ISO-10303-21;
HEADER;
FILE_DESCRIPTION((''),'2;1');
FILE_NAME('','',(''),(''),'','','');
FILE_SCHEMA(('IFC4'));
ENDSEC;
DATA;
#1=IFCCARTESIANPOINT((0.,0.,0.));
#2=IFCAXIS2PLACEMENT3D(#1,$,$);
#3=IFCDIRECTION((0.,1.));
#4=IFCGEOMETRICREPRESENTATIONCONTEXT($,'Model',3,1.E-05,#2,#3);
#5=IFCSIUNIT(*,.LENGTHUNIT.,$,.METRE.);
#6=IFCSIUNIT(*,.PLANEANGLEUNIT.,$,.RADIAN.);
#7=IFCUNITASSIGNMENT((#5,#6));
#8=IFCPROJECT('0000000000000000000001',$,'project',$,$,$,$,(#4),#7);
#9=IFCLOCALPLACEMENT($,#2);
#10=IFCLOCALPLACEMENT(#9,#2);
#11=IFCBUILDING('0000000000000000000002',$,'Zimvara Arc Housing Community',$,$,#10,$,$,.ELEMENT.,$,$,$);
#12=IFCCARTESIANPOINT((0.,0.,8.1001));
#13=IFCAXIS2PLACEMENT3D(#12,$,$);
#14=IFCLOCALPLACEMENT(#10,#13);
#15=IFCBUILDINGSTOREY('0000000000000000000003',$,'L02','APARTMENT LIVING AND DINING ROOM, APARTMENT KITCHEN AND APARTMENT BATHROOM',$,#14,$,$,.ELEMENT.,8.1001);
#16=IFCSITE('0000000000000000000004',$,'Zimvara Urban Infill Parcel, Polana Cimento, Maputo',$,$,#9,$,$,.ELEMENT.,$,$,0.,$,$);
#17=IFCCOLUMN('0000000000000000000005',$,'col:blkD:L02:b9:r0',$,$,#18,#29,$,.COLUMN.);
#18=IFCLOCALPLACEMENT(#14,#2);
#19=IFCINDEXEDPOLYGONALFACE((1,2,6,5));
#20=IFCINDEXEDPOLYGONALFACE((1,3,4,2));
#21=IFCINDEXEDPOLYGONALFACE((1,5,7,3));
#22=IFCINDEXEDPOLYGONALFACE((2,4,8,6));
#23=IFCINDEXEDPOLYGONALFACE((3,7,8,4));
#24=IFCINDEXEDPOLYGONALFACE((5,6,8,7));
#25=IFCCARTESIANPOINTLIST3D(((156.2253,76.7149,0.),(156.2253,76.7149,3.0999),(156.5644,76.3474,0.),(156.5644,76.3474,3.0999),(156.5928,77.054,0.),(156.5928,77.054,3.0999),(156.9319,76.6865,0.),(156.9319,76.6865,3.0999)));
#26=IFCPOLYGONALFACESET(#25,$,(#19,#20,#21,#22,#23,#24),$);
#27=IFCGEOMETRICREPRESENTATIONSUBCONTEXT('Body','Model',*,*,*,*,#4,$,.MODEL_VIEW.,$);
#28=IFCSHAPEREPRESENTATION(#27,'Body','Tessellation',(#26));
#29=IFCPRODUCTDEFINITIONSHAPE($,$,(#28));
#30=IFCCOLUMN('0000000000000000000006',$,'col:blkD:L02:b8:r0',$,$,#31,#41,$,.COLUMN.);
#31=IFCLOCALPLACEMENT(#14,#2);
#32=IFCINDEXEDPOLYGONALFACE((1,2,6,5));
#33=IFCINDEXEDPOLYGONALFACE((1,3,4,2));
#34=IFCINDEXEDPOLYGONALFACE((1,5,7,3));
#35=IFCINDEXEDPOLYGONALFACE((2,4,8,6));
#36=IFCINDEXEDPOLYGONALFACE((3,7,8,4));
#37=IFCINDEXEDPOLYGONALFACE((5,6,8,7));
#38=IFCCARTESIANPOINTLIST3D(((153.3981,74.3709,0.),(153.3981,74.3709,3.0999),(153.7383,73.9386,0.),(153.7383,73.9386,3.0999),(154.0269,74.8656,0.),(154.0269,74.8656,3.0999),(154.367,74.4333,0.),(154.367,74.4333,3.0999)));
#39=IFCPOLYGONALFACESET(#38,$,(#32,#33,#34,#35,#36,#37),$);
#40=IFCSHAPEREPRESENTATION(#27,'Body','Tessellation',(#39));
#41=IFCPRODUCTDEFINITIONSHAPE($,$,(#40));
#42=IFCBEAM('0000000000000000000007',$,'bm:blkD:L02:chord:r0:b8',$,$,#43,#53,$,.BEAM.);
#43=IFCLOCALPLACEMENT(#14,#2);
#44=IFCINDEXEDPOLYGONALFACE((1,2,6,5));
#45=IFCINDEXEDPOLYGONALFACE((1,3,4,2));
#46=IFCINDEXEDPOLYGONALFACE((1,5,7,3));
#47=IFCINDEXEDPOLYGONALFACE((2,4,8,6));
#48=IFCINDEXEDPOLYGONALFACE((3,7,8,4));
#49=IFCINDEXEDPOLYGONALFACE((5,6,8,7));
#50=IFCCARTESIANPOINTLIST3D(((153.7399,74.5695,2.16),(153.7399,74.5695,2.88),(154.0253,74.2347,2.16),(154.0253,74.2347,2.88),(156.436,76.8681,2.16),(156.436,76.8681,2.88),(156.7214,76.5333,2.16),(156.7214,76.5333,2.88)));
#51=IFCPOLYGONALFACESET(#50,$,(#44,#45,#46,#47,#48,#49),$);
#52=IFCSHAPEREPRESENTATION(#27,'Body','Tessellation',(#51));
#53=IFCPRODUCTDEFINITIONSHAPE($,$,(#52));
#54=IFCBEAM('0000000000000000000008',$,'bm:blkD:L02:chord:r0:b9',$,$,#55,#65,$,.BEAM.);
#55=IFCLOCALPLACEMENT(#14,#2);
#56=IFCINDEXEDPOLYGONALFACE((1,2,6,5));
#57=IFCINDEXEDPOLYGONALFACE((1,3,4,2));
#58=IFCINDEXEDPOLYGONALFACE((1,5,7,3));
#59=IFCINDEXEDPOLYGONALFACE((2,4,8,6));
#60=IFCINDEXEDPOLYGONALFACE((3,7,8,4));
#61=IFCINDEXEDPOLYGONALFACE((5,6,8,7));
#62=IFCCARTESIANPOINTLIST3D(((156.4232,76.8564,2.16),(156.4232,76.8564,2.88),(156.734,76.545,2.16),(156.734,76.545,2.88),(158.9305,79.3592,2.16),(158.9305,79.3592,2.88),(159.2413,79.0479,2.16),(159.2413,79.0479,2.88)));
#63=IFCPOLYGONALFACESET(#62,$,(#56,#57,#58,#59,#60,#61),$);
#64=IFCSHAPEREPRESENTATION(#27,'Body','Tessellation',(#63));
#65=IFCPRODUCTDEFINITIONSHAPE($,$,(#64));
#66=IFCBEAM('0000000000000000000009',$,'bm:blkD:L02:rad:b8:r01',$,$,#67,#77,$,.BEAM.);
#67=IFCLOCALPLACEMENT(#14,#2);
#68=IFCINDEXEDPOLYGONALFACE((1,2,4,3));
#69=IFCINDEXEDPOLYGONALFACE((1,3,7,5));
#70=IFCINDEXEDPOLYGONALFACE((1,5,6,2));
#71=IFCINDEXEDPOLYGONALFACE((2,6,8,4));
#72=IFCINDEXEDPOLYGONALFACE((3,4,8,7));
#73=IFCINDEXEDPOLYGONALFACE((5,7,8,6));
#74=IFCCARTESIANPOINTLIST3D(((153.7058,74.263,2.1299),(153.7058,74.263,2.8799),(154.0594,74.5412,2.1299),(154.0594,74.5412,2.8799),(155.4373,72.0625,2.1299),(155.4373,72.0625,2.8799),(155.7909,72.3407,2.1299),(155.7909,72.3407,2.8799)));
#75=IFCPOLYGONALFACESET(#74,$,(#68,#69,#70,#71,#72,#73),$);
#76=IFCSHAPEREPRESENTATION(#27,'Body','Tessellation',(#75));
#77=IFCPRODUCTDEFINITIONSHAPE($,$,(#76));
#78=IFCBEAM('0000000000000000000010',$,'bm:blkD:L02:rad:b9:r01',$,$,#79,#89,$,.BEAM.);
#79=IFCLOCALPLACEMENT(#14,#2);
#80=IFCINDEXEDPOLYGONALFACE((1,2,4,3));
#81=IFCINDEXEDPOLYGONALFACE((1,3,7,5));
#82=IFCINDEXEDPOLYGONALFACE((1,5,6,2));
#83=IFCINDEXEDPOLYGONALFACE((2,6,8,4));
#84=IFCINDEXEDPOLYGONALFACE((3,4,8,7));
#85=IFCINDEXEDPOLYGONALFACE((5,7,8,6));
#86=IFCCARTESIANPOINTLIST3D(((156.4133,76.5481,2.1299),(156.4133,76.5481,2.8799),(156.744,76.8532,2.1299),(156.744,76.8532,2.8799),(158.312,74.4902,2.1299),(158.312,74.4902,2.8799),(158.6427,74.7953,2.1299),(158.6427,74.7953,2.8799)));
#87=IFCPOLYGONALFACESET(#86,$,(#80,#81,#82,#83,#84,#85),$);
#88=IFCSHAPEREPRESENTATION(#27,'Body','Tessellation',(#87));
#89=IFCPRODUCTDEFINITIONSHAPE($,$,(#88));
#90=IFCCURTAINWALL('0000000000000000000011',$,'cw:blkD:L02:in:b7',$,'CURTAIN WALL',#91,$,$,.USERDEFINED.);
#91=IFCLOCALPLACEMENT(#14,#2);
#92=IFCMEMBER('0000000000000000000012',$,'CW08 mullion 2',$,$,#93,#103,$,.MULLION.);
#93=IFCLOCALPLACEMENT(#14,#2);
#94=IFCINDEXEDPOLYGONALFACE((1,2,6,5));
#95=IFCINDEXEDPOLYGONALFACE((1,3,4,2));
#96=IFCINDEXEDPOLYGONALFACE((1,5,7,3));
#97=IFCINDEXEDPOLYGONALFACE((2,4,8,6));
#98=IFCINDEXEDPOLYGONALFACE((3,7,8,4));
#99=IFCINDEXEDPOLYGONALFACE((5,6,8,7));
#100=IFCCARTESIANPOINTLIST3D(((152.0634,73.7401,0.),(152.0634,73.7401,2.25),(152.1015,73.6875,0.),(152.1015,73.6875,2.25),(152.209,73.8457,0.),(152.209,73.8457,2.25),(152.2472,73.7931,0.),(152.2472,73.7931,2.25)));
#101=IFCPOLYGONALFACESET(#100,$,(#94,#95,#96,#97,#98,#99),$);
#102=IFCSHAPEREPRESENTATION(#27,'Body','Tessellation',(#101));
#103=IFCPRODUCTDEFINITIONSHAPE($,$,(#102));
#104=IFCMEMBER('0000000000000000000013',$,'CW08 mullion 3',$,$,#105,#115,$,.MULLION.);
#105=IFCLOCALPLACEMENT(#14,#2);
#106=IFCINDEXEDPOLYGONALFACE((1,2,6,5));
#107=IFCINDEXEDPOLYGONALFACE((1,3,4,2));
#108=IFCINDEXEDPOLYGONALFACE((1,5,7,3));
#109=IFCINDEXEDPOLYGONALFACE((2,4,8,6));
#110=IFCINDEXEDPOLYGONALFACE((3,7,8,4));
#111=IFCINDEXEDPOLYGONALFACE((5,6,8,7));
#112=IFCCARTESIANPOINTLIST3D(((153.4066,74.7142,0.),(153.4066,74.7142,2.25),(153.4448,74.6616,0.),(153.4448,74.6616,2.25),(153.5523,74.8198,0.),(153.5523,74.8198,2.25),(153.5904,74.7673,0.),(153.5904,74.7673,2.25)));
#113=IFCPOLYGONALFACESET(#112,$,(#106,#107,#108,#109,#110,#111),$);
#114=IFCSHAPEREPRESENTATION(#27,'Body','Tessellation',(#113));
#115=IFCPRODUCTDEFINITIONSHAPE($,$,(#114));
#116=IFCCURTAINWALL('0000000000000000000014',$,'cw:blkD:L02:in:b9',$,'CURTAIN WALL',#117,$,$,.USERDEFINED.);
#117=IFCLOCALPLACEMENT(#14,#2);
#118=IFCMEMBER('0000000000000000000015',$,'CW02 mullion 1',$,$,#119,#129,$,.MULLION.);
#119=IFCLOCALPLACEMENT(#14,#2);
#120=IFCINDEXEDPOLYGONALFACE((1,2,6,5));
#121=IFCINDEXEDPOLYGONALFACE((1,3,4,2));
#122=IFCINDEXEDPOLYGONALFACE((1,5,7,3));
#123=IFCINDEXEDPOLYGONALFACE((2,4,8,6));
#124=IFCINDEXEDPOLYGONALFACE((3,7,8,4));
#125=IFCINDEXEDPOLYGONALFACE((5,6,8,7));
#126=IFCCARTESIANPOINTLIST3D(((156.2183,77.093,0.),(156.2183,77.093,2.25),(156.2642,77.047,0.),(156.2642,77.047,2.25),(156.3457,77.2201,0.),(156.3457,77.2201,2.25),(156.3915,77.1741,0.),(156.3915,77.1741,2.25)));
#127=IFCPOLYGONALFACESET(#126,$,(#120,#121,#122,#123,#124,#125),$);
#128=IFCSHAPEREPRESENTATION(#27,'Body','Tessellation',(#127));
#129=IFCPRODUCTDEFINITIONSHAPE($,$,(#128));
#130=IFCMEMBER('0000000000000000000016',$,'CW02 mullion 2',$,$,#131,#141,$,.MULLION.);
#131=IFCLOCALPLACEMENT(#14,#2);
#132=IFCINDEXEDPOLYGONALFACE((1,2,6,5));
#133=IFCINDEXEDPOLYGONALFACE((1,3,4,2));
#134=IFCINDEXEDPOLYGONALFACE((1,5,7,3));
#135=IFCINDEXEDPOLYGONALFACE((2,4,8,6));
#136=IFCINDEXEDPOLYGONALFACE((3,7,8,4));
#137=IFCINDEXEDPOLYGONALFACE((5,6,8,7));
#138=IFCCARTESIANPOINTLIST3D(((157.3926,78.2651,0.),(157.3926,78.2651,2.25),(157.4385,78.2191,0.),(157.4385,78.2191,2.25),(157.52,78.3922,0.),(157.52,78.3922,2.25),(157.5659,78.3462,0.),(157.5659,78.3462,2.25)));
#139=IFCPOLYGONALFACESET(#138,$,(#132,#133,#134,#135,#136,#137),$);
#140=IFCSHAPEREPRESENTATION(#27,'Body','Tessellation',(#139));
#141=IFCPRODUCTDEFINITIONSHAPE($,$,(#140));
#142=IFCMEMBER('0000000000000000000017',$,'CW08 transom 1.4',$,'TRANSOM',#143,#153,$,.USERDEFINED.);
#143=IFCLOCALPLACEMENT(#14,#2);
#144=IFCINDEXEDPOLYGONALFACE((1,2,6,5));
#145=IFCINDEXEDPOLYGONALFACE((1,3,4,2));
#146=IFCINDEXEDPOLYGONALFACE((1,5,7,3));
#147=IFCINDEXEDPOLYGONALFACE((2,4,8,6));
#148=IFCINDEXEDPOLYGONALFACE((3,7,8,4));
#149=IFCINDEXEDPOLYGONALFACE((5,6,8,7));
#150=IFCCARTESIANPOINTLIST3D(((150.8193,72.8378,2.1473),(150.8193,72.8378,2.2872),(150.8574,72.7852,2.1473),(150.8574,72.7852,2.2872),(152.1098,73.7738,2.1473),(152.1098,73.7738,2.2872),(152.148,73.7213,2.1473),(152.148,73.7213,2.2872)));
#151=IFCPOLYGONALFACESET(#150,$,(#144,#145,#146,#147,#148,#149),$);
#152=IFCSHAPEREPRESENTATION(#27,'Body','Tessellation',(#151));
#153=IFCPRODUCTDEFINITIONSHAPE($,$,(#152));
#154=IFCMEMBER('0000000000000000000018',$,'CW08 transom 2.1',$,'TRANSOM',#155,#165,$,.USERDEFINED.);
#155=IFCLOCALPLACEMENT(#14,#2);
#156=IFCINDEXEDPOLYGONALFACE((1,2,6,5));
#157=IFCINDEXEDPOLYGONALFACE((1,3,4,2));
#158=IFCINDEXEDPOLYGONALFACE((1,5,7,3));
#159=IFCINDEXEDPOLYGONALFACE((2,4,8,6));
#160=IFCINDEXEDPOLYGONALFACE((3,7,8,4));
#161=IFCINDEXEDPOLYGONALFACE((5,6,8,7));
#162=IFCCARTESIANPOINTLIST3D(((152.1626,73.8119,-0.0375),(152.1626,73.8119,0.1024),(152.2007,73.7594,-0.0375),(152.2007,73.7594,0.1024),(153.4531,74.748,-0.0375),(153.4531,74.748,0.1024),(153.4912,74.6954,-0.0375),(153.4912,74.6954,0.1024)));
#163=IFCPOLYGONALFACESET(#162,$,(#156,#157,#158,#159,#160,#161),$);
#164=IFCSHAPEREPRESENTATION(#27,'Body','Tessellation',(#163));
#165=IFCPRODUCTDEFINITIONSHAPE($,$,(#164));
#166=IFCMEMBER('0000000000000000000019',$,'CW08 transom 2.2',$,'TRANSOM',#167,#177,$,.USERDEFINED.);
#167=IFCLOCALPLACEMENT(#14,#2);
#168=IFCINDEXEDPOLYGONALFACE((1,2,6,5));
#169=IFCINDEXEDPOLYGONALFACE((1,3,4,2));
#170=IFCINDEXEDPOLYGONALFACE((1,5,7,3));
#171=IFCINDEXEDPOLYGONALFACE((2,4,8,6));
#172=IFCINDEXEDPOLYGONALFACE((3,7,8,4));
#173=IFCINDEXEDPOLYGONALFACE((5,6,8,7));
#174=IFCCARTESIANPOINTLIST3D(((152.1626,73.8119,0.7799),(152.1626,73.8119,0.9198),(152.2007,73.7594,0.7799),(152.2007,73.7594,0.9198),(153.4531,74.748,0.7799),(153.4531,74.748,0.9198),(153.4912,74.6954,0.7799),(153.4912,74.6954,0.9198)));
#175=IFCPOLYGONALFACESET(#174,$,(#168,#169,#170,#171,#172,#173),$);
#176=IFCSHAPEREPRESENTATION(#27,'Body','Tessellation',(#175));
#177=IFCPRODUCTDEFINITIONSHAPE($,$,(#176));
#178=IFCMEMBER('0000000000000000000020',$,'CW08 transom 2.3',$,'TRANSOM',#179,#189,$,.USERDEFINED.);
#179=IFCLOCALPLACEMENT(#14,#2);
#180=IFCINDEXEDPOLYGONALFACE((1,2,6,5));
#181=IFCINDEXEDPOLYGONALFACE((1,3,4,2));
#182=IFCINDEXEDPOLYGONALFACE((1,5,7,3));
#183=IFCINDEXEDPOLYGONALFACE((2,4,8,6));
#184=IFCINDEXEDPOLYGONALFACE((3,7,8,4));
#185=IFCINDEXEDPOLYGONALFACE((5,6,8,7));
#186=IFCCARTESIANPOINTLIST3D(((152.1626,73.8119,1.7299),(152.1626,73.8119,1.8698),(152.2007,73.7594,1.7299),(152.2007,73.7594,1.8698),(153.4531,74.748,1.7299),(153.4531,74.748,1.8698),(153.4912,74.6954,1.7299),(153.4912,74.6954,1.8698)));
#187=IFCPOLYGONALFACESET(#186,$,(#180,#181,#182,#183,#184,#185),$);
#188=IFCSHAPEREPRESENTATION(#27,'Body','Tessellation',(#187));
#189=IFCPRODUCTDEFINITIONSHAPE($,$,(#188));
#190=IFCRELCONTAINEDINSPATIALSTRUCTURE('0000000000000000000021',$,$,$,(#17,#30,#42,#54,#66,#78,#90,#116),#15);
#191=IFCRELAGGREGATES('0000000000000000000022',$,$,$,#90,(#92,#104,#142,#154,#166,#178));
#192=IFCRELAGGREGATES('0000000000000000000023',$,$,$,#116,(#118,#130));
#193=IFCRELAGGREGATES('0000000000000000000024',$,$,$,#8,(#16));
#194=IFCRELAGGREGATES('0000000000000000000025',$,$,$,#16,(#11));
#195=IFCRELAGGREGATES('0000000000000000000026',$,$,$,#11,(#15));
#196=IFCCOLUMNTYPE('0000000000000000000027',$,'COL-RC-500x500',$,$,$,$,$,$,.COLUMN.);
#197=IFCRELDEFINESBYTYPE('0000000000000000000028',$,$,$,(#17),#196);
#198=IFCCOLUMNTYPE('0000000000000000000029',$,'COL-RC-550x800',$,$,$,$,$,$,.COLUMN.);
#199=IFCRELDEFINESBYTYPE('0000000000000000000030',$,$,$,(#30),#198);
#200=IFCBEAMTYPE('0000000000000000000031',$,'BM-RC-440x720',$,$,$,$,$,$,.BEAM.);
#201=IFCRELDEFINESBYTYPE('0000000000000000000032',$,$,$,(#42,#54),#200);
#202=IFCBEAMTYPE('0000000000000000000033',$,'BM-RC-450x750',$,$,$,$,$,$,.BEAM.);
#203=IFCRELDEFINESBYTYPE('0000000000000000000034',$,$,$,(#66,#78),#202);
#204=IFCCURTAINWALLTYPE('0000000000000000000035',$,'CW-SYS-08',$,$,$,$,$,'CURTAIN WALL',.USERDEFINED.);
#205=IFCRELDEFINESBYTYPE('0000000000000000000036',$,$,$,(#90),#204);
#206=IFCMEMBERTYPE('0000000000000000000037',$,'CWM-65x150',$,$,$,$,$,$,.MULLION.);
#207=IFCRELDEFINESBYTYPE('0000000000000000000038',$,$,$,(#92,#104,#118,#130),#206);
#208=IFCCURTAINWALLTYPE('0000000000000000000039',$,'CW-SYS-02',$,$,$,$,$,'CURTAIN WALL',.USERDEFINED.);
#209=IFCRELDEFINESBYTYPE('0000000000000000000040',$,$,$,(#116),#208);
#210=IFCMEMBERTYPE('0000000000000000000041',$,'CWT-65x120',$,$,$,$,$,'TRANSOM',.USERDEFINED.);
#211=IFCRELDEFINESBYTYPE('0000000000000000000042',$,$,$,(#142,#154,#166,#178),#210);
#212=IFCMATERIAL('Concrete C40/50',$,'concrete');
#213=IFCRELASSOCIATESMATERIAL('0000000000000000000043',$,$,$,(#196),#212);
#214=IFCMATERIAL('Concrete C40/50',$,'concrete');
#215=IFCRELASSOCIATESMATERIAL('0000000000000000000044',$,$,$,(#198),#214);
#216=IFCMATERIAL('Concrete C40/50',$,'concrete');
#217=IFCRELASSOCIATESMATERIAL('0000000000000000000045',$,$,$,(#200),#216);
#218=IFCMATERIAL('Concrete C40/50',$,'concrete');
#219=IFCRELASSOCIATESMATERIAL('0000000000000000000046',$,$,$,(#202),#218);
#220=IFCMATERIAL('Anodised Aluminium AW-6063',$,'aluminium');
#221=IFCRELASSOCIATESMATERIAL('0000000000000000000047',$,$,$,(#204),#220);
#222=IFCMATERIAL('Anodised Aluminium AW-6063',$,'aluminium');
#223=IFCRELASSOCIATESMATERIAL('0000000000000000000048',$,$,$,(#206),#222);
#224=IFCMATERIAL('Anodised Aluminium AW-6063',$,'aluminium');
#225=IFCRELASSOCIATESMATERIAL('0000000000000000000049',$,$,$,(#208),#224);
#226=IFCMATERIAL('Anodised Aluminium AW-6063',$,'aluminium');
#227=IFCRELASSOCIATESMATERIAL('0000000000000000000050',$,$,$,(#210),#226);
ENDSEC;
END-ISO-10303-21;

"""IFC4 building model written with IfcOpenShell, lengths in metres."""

from ifc_helpers import new_model, si_unit, direction, frame, origin, origin_2d, place, context, subcontext, project, spatial, rectangle, extrude, material, material_profile, profile_set, type_object, element, aggregate, save


model = new_model("IFC4")

# Units and contexts
model_context = context("Model", 3, precision=1e-05, world=origin(), true_north=direction((0.0, 1.0)))
body_context = subcontext(model_context, "Body", "Model", "MODEL_VIEW")
ifc_project = project(units=[si_unit("LENGTHUNIT", "METRE"), si_unit("PLANEANGLEUNIT", "RADIAN")], contexts=[model_context])

# Site, building, storey
site_placement = place(None, origin())
site = spatial("IfcSite", under=ifc_project, at=site_placement, Name="Zimvara Urban Infill Parcel, Polana Cimento, Maputo", CompositionType="ELEMENT", RefElevation=0.0)
building_placement = place(site_placement, origin())
building = spatial("IfcBuilding", under=site, at=building_placement, Name="Zimvara Arc Housing Community", CompositionType="ELEMENT")
storey_placement = place(building_placement, frame((0.0, 0.0, 8.1001)))
storey = spatial("IfcBuildingStorey", under=building, at=storey_placement, Name="L02", Description="APARTMENT LIVING AND DINING ROOM, APARTMENT KITCHEN AND APARTMENT BATHROOM", CompositionType="ELEMENT", Elevation=8.1001)

# Columns
ifc_material_1 = material(Name="Concrete C40/50", Category="concrete")
ifc_material_profile_1 = material_profile(ifc_material_1, rectangle(XDim=0.5, YDim=0.5, at=origin_2d()), Name="RC 500x500")
ifc_profile_set_1 = profile_set([ifc_material_profile_1], Name="Concrete C40/50")
column_type_1 = type_object("IfcColumnType", Name="COL-RC-500x500", PredefinedType="COLUMN", material=ifc_profile_set_1)
column_1_placement = place(storey_placement, frame((156.5786, 76.7007, 0.0), z_axis=(0.0, 0.0, 1.0), x_axis=(0.67816, -0.734915, 0.0)))
element("IfcColumn", 1, at=column_1_placement, inside=storey, type_object=column_type_1, Name="col:blkD:L02:b9:r0", PredefinedType="COLUMN", context=body_context, shape_type="SweptSolid", body=[
    extrude(rectangle(XDim=0.5, YDim=0.5, at=origin_2d()), origin(), (0.0, 0.0, 1.0), 3.0999),
])
ifc_material_2 = material(Name="Concrete C40/50", Category="concrete")
ifc_material_profile_2 = material_profile(ifc_material_2, rectangle(XDim=0.55, YDim=0.8, at=origin_2d()), Name="RC 550x800")
ifc_profile_set_2 = profile_set([ifc_material_profile_2], Name="Concrete C40/50")
column_type_2 = type_object("IfcColumnType", Name="COL-RC-550x800", PredefinedType="COLUMN", material=ifc_profile_set_2)
column_2_placement = place(storey_placement, frame((153.8826, 74.4021, 0.0), z_axis=(0.0, 0.0, 1.0), x_axis=(0.618408, -0.785857, 0.0)))
element("IfcColumn", 2, at=column_2_placement, inside=storey, type_object=column_type_2, Name="col:blkD:L02:b8:r0", PredefinedType="COLUMN", context=body_context, shape_type="SweptSolid", body=[
    extrude(rectangle(XDim=0.55, YDim=0.8, at=origin_2d()), origin(), (0.0, 0.0, 1.0), 3.0999),
])

# Beams
ifc_material_3 = material(Name="Concrete C40/50", Category="concrete")
ifc_material_profile_3 = material_profile(ifc_material_3, rectangle(XDim=0.4399, YDim=0.72, at=origin_2d()), Name="RC 440x720")
ifc_profile_set_3 = profile_set([ifc_material_profile_3], Name="Concrete C40/50")
beam_type_1 = type_object("IfcBeamType", Name="BM-RC-440x720", PredefinedType="BEAM", material=ifc_profile_set_3)
beam_1_placement = place(storey_placement, frame((153.8826, 74.4021, 2.52), z_axis=(0.760971, 0.648786, 0.0), x_axis=(-0.648786, 0.760971, 0.0)))
element("IfcBeam", 3, at=beam_1_placement, inside=storey, type_object=beam_type_1, Name="bm:blkD:L02:chord:r0:b8", PredefinedType="BEAM", context=body_context, shape_type="SweptSolid", body=[
    extrude(rectangle(XDim=0.4399, YDim=0.72, at=origin_2d()), origin(), (0.0, 0.0, 1.0), 3.543),
])
beam_2_placement = place(storey_placement, frame((156.5786, 76.7007, 2.52), z_axis=(0.707727, 0.706486, 0.0), x_axis=(-0.706486, 0.707727, 0.0)))
element("IfcBeam", 4, at=beam_2_placement, inside=storey, type_object=beam_type_1, Name="bm:blkD:L02:chord:r0:b9", PredefinedType="BEAM", context=body_context, shape_type="SweptSolid", body=[
    extrude(rectangle(XDim=0.4399, YDim=0.72, at=origin_2d()), origin(), (0.0, 0.0, 1.0), 3.5427),
])
ifc_material_4 = material(Name="Concrete C40/50", Category="concrete")
ifc_material_profile_4 = material_profile(ifc_material_4, rectangle(XDim=0.45, YDim=0.75, at=origin_2d()), Name="RC 450x750")
ifc_profile_set_4 = profile_set([ifc_material_profile_4], Name="Concrete C40/50")
beam_type_2 = type_object("IfcBeamType", Name="BM-RC-450x750", PredefinedType="BEAM", material=ifc_profile_set_4)
for number, where, z_axis, x_axis, name in (
    (5, (153.8826, 74.4021, 2.5049), (0.61838, -0.785879, 0.0), (0.785879, 0.61838, 0.0), "bm:blkD:L02:rad:b8:r01"),
    (6, (156.5786, 76.7007, 2.5049), (0.67811, -0.734961, 0.0), (0.734961, 0.67811, 0.0), "bm:blkD:L02:rad:b9:r01"),
):
    element("IfcBeam", number, at=place(storey_placement, frame(where, z_axis=z_axis, x_axis=x_axis)), inside=storey, type_object=beam_type_2, Name=name, PredefinedType="BEAM", context=body_context, shape_type="SweptSolid", body=[
        extrude(rectangle(XDim=0.45, YDim=0.75, at=origin_2d()), origin(), (0.0, 0.0, 1.0), 2.8),
    ])

# Curtain walls, members
ifc_material_5 = material(Name="Anodised Aluminium AW-6063", Category="aluminium")
curtain_wall_type_1 = type_object("IfcCurtainWallType", Name="CW-SYS-08", ElementType="CURTAIN WALL", PredefinedType="USERDEFINED", material=ifc_material_5)
curtain_wall_1_placement = place(storey_placement, origin())
curtain_wall_1 = element("IfcCurtainWall", 7, at=curtain_wall_1_placement, inside=storey, type_object=curtain_wall_type_1, Name="cw:blkD:L02:in:b7", ObjectType="CURTAIN WALL", PredefinedType="USERDEFINED")
ifc_material_6 = material(Name="Anodised Aluminium AW-6063", Category="aluminium")
ifc_material_profile_5 = material_profile(ifc_material_6, rectangle(XDim=0.0649, YDim=0.1799, at=origin_2d()), Name="ALU 65x180")
ifc_profile_set_5 = profile_set([ifc_material_profile_5], Name="Anodised Aluminium AW-6063")
member_type_1 = type_object("IfcMemberType", Name="CWM-65x150", PredefinedType="MULLION", material=ifc_profile_set_5)
member_1_placement = place(storey_placement, frame((152.1553, 73.7666, 0.0), z_axis=(0.0, 0.0, 1.0), x_axis=(-0.587079, 0.809529, 0.0)))
member_1 = element("IfcMember", 8, at=member_1_placement, type_object=member_type_1, Name="CW08 mullion 2", PredefinedType="MULLION", context=body_context, shape_type="SweptSolid", body=[
    extrude(rectangle(XDim=0.0649, YDim=0.1799, at=origin_2d()), origin(), (0.0, 0.0, 1.0), 2.25),
])
member_2_placement = place(storey_placement, frame((153.4985, 74.7407, 0.0), z_axis=(0.0, 0.0, 1.0), x_axis=(-0.587079, 0.809529, 0.0)))
member_2 = element("IfcMember", 9, at=member_2_placement, type_object=member_type_1, Name="CW08 mullion 3", PredefinedType="MULLION", context=body_context, shape_type="SweptSolid", body=[
    extrude(rectangle(XDim=0.0649, YDim=0.1799, at=origin_2d()), origin(), (0.0, 0.0, 1.0), 2.25),
])
ifc_material_7 = material(Name="Anodised Aluminium AW-6063", Category="aluminium")
curtain_wall_type_2 = type_object("IfcCurtainWallType", Name="CW-SYS-02", ElementType="CURTAIN WALL", PredefinedType="USERDEFINED", material=ifc_material_7)
curtain_wall_2_placement = place(storey_placement, origin())
curtain_wall_2 = element("IfcCurtainWall", 10, at=curtain_wall_2_placement, inside=storey, type_object=curtain_wall_type_2, Name="cw:blkD:L02:in:b9", ObjectType="CURTAIN WALL", PredefinedType="USERDEFINED")
member_3_placement = place(storey_placement, frame((156.3049, 77.1335, 0.0), z_axis=(0.0, 0.0, 1.0), x_axis=(-0.70649, 0.707723, 0.0)))
member_3 = element("IfcMember", 11, at=member_3_placement, type_object=member_type_1, Name="CW02 mullion 1", PredefinedType="MULLION", context=body_context, shape_type="SweptSolid", body=[
    extrude(rectangle(XDim=0.0649, YDim=0.1799, at=origin_2d()), origin(), (0.0, 0.0, 1.0), 2.25),
])
member_4_placement = place(storey_placement, frame((157.4792, 78.3057, 0.0), z_axis=(0.0, 0.0, 1.0), x_axis=(-0.70649, 0.707723, 0.0)))
member_4 = element("IfcMember", 12, at=member_4_placement, type_object=member_type_1, Name="CW02 mullion 2", PredefinedType="MULLION", context=body_context, shape_type="SweptSolid", body=[
    extrude(rectangle(XDim=0.0649, YDim=0.1799, at=origin_2d()), origin(), (0.0, 0.0, 1.0), 2.25),
])

# Members
ifc_material_8 = material(Name="Anodised Aluminium AW-6063", Category="aluminium")
ifc_material_profile_6 = material_profile(ifc_material_8, rectangle(XDim=0.0649, YDim=0.1399, at=origin_2d()), Name="ALU 65x140")
ifc_profile_set_6 = profile_set([ifc_material_profile_6], Name="Anodised Aluminium AW-6063")
member_type_2 = type_object("IfcMemberType", Name="CWT-65x120", ElementType="TRANSOM", PredefinedType="USERDEFINED", material=ifc_profile_set_6)
member_5_placement = place(storey_placement, frame((150.8384, 72.8115, 2.2173), z_axis=(0.80949, 0.587133, 0.0), x_axis=(-0.587133, 0.80949, 0.0)))
member_5 = element("IfcMember", 13, at=member_5_placement, type_object=member_type_2, Name="CW08 transom 1.4", ObjectType="TRANSOM", PredefinedType="USERDEFINED", context=body_context, shape_type="SweptSolid", body=[
    extrude(rectangle(XDim=0.0649, YDim=0.1399, at=origin_2d()), origin(), (0.0, 0.0, 1.0), 1.5942),
])
member_6_placement = place(storey_placement, frame((152.1816, 73.7856, 0.0325), z_axis=(0.80949, 0.587133, 0.0), x_axis=(-0.587133, 0.80949, 0.0)))
member_6 = element("IfcMember", 14, at=member_6_placement, type_object=member_type_2, Name="CW08 transom 2.1", ObjectType="TRANSOM", PredefinedType="USERDEFINED", context=body_context, shape_type="SweptSolid", body=[
    extrude(rectangle(XDim=0.0649, YDim=0.1399, at=origin_2d()), origin(), (0.0, 0.0, 1.0), 1.5942),
])
member_7_placement = place(storey_placement, frame((152.1816, 73.7856, 0.8499), z_axis=(0.80949, 0.587133, 0.0), x_axis=(-0.587133, 0.80949, 0.0)))
member_7 = element("IfcMember", 15, at=member_7_placement, type_object=member_type_2, Name="CW08 transom 2.2", ObjectType="TRANSOM", PredefinedType="USERDEFINED", context=body_context, shape_type="SweptSolid", body=[
    extrude(rectangle(XDim=0.0649, YDim=0.1399, at=origin_2d()), origin(), (0.0, 0.0, 1.0), 1.5942),
])
member_8_placement = place(storey_placement, frame((152.1816, 73.7856, 1.7998), z_axis=(0.80949, 0.587133, 0.0), x_axis=(-0.587133, 0.80949, 0.0)))
member_8 = element("IfcMember", 16, at=member_8_placement, type_object=member_type_2, Name="CW08 transom 2.3", ObjectType="TRANSOM", PredefinedType="USERDEFINED", context=body_context, shape_type="SweptSolid", body=[
    extrude(rectangle(XDim=0.0649, YDim=0.1399, at=origin_2d()), origin(), (0.0, 0.0, 1.0), 1.5942),
])

aggregate(curtain_wall_1, [member_1, member_2, member_5, member_6, member_7, member_8])
aggregate(curtain_wall_2, [member_3, member_4])

save(model, "model.ifc")
